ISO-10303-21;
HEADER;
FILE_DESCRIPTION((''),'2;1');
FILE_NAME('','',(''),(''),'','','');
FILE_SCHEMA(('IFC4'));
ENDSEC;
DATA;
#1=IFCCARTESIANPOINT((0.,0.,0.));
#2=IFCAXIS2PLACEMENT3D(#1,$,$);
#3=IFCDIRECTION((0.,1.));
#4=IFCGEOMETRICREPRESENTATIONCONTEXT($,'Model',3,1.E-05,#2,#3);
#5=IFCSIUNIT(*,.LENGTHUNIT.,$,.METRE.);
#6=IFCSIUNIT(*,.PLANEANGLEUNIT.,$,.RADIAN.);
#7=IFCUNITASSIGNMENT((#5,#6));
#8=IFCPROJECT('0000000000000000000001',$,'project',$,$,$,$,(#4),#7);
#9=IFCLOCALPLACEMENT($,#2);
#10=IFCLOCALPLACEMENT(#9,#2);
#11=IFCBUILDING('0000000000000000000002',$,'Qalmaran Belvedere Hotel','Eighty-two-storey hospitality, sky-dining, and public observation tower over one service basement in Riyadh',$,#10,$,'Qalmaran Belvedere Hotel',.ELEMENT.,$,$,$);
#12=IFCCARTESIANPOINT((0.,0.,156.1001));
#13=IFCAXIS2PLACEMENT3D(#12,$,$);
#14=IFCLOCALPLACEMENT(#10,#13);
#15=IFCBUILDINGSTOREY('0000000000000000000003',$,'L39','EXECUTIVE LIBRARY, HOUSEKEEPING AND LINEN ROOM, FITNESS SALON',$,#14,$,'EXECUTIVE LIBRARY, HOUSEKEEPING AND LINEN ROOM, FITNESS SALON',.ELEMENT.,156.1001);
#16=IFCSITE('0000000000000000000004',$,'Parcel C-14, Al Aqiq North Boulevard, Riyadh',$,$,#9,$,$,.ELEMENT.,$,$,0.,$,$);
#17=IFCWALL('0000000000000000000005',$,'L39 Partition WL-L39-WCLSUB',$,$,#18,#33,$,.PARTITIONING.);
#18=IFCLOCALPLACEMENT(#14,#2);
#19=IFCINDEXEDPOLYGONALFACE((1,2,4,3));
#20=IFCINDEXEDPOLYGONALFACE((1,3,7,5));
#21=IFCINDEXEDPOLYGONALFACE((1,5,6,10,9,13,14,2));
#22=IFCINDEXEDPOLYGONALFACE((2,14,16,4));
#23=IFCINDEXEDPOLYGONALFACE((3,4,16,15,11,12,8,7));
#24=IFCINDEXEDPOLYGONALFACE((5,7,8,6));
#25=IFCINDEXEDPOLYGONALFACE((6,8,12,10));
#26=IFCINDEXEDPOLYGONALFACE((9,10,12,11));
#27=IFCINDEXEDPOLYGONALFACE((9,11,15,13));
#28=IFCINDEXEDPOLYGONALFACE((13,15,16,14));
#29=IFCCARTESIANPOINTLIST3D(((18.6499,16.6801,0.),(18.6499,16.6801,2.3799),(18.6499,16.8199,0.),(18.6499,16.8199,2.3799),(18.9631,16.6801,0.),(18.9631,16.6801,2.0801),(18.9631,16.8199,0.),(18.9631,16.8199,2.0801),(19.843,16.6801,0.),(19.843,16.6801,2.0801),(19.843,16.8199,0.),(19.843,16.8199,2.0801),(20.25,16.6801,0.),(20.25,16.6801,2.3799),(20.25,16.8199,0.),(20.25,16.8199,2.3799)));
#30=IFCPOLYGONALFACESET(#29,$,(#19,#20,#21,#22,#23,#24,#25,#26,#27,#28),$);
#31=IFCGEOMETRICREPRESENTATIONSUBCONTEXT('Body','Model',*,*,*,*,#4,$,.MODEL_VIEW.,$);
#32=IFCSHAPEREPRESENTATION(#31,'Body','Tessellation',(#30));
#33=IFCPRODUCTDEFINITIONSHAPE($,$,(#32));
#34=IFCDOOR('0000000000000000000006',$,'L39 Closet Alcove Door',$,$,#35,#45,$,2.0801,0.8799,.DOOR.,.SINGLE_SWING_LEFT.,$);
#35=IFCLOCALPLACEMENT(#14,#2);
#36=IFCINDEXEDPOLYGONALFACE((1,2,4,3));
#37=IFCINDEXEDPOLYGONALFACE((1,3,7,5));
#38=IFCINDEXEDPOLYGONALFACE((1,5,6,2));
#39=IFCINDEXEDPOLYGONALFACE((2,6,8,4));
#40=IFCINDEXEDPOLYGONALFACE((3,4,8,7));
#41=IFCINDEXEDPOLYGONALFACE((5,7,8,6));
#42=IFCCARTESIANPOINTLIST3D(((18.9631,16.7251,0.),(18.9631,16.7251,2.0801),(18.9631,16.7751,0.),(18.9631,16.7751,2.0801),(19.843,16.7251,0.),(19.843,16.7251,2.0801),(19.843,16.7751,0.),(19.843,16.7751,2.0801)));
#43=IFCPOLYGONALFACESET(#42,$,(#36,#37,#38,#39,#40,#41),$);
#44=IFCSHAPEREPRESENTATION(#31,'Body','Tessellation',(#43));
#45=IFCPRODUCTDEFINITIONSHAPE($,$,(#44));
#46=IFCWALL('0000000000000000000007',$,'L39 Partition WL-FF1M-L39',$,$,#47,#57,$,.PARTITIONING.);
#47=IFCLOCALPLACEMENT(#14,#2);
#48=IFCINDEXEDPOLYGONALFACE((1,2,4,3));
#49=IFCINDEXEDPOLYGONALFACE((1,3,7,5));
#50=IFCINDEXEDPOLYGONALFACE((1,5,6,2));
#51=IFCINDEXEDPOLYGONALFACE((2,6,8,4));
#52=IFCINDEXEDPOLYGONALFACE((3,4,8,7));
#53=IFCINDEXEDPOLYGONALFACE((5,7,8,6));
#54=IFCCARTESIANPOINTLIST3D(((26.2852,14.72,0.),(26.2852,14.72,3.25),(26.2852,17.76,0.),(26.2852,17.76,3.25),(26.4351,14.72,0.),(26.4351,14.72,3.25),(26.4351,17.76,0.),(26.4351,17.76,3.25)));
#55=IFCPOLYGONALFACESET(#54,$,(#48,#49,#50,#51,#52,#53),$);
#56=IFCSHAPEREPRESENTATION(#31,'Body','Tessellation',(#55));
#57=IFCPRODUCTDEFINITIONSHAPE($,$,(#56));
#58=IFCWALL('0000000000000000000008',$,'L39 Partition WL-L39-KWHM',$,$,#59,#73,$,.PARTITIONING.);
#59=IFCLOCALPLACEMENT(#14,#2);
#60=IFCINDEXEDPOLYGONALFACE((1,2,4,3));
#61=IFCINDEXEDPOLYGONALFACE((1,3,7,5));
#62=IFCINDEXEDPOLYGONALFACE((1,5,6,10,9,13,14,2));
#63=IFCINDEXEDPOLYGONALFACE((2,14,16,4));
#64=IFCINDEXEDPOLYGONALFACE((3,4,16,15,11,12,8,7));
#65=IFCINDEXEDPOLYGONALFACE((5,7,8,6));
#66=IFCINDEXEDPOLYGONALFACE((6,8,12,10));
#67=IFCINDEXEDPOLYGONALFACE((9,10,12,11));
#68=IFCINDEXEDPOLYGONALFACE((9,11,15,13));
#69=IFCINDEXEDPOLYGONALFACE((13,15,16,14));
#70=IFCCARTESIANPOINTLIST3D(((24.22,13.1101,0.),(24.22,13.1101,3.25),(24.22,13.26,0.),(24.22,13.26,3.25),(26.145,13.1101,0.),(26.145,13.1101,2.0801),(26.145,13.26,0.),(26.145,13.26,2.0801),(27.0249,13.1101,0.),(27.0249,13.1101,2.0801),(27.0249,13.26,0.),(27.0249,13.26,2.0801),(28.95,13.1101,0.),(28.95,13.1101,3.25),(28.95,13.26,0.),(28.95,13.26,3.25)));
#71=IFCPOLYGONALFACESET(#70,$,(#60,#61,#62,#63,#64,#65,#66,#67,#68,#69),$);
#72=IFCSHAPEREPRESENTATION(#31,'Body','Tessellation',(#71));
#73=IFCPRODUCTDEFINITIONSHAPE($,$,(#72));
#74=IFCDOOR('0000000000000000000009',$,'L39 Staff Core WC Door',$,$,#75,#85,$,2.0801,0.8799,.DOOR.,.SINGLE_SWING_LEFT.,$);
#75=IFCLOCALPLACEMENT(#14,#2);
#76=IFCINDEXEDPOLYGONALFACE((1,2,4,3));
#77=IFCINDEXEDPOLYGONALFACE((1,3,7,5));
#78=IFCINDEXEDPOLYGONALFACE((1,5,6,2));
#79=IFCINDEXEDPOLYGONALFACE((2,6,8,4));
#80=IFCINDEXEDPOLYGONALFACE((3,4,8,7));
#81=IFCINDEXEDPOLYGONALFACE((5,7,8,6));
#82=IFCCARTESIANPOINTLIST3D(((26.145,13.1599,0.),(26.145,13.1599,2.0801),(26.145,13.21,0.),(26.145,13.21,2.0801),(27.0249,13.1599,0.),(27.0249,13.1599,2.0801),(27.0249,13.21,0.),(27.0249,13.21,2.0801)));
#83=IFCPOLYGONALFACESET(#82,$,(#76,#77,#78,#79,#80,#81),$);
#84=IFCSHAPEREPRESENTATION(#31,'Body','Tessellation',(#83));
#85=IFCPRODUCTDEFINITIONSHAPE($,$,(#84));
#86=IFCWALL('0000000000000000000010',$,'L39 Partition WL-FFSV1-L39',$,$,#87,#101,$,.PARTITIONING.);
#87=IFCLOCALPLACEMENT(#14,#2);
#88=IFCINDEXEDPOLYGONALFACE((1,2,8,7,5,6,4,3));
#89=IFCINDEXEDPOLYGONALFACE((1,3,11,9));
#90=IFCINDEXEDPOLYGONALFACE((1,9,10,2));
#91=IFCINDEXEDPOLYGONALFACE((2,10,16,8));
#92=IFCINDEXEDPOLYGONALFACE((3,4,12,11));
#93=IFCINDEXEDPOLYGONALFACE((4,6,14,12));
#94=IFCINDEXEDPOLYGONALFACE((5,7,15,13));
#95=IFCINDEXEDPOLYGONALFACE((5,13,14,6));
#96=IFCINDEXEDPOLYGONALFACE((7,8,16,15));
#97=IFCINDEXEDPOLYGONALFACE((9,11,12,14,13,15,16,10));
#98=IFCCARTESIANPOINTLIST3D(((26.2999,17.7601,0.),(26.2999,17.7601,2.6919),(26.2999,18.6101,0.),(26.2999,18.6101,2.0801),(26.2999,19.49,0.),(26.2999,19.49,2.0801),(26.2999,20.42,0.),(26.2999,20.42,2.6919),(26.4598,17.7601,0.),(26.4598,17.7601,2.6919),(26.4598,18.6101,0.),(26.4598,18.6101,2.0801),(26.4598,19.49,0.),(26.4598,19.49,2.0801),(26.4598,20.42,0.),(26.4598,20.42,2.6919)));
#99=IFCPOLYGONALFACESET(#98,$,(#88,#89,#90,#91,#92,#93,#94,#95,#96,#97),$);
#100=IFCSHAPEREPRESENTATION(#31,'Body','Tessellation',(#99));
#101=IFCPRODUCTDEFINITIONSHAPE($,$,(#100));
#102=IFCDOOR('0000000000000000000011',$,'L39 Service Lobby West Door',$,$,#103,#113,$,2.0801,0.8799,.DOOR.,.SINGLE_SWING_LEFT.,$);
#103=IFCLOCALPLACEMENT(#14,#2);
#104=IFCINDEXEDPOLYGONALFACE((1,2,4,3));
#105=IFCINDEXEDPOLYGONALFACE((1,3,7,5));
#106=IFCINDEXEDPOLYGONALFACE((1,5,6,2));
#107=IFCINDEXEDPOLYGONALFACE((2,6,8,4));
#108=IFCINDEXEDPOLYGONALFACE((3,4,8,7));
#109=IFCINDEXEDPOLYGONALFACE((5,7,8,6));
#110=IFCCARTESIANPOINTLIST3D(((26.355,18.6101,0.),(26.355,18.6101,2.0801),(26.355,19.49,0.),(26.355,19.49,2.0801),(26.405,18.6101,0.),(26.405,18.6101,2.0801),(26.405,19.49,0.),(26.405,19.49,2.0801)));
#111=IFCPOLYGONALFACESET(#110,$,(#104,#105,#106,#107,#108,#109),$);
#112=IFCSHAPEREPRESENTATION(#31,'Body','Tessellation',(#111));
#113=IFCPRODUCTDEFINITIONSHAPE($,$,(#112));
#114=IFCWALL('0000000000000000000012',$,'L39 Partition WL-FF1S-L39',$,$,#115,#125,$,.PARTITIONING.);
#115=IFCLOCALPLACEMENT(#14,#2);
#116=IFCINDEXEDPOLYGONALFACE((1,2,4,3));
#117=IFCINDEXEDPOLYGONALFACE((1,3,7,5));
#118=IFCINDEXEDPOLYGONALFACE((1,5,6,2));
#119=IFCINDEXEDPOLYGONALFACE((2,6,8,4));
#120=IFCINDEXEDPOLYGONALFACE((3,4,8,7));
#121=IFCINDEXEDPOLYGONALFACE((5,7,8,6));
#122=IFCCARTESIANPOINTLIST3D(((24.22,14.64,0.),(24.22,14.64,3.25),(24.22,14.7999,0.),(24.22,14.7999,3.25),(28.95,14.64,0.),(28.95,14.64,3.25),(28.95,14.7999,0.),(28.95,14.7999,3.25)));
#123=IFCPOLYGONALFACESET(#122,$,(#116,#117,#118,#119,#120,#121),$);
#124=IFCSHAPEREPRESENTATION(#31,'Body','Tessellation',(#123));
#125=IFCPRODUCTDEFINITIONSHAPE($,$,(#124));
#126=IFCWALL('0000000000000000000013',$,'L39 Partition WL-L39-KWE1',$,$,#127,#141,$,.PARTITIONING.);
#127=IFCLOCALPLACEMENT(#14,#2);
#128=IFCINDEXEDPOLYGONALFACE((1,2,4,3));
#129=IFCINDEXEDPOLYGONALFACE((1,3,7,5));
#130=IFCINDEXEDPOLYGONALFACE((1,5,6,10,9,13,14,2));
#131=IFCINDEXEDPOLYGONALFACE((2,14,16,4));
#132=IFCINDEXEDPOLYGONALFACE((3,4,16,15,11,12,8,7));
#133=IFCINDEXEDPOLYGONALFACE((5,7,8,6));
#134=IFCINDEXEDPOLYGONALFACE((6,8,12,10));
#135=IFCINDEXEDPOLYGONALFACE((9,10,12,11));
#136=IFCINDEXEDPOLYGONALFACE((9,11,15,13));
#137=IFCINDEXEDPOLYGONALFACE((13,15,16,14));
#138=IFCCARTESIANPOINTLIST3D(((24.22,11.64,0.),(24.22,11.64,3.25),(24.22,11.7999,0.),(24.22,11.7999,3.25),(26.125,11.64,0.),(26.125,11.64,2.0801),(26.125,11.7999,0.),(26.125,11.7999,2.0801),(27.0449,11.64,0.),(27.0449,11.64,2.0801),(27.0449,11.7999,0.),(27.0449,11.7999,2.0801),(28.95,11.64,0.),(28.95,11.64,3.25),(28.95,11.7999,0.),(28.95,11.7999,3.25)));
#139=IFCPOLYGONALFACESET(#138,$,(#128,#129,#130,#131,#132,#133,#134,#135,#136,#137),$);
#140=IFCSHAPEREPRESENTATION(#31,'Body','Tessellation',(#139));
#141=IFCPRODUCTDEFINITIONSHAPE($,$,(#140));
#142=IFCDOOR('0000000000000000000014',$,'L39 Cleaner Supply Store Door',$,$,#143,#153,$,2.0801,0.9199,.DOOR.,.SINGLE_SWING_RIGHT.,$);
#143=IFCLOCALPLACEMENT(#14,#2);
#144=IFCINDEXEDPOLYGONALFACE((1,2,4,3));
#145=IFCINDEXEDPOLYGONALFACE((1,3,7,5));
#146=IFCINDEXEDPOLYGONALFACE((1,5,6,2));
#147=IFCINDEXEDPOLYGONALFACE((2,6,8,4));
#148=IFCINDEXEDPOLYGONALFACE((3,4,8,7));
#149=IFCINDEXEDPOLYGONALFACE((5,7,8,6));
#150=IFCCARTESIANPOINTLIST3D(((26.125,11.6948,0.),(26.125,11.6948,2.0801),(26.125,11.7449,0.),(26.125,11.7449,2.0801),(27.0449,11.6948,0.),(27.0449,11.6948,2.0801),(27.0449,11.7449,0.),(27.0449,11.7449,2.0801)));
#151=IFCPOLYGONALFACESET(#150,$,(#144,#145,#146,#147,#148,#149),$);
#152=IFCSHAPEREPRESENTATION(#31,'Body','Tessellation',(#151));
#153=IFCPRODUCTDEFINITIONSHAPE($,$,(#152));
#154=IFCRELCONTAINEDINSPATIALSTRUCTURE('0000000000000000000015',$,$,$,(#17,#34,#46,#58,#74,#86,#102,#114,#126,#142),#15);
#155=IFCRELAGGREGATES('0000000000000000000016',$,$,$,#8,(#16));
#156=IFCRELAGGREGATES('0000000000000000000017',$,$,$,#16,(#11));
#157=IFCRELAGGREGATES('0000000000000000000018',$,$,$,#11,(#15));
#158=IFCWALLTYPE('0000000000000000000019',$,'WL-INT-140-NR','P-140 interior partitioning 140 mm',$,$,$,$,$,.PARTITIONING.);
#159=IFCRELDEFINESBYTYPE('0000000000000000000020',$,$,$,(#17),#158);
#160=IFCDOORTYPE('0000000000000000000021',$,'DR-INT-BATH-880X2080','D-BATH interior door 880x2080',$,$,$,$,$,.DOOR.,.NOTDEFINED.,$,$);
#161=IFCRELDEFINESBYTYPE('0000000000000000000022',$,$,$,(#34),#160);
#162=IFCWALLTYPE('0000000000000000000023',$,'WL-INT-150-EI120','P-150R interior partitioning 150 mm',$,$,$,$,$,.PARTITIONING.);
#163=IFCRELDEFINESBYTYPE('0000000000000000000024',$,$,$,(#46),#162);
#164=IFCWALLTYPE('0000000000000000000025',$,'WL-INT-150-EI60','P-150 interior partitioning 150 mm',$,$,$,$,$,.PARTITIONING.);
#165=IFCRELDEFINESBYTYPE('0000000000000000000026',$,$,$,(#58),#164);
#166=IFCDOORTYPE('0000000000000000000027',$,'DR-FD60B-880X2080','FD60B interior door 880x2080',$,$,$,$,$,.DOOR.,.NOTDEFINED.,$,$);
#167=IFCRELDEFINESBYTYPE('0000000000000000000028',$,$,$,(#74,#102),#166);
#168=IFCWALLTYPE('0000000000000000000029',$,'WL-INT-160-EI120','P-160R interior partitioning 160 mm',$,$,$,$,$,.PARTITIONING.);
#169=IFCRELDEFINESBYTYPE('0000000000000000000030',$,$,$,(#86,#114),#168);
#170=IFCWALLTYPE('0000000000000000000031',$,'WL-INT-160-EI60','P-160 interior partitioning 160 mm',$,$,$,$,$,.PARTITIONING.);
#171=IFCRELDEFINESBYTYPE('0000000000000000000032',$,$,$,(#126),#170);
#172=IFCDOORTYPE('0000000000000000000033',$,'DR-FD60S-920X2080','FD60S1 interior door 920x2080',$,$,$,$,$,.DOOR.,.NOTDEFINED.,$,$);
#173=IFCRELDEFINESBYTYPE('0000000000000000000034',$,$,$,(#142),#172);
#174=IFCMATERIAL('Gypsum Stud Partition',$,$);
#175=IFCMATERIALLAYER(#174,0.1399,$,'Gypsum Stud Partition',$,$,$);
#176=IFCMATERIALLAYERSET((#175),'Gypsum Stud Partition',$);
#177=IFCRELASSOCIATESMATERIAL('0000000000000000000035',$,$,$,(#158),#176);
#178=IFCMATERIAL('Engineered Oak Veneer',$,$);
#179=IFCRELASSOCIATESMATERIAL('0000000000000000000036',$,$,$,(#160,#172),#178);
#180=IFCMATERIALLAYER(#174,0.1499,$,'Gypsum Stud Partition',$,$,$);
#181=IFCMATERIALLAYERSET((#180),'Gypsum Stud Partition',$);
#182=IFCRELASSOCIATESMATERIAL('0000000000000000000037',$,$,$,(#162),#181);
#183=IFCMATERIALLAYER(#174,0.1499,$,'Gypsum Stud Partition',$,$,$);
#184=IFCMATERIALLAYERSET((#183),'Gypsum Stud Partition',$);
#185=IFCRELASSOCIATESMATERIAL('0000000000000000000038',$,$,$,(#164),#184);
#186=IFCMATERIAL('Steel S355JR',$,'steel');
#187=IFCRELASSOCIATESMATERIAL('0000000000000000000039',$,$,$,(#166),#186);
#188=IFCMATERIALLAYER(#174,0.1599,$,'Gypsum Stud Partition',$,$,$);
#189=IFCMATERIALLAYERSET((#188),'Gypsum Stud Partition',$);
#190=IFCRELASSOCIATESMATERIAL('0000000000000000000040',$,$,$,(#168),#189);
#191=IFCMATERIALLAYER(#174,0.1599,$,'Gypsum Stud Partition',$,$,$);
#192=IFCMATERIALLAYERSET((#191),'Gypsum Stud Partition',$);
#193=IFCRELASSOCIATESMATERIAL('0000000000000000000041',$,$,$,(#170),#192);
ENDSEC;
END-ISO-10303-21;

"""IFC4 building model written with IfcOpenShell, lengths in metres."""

from ifc_helpers import new_model, si_unit, direction, frame, frame_2d, origin, place, context, subcontext, project, spatial, rectangle, extrude, material, layer, layer_set, type_object, element, fill, save


model = new_model("IFC4")

# Units and contexts
model_context = context("Model", 3, precision=1e-05, world=origin(), true_north=direction((0.0, 1.0)))
body_context = subcontext(model_context, "Body", "Model", "MODEL_VIEW")
ifc_project = project(units=[si_unit("LENGTHUNIT", "METRE"), si_unit("PLANEANGLEUNIT", "RADIAN")], contexts=[model_context])

# Site, building, storey
site_placement = place(None, origin())
site = spatial("IfcSite", under=ifc_project, at=site_placement, Name="Parcel C-14, Al Aqiq North Boulevard, Riyadh", CompositionType="ELEMENT", RefElevation=0.0)
building_placement = place(site_placement, origin())
building = spatial("IfcBuilding", under=site, at=building_placement, Name="Qalmaran Belvedere Hotel", Description="Eighty-two-storey hospitality, sky-dining, and public observation tower over one service basement in Riyadh", LongName="Qalmaran Belvedere Hotel", CompositionType="ELEMENT")
storey_placement = place(building_placement, frame((0.0, 0.0, 156.1001)))
storey = spatial("IfcBuildingStorey", under=building, at=storey_placement, Name="L39", Description="EXECUTIVE LIBRARY, HOUSEKEEPING AND LINEN ROOM, FITNESS SALON", LongName="EXECUTIVE LIBRARY, HOUSEKEEPING AND LINEN ROOM, FITNESS SALON", CompositionType="ELEMENT", Elevation=156.1001)

# Wall, opening, door
ifc_material_1 = material(Name="Gypsum Stud Partition")
ifc_layer_1 = layer(ifc_material_1, 0.1399, Name="Gypsum Stud Partition")
ifc_layer_set_1 = layer_set([ifc_layer_1], Name="Gypsum Stud Partition")
wall_type_1 = type_object("IfcWallType", Name="WL-INT-140-NR", Description="P-140 interior partitioning 140 mm", PredefinedType="PARTITIONING", material=ifc_layer_set_1)
wall_1_placement = place(storey_placement, frame((18.6499, 16.75, 0.0), z_axis=(0.0, 0.0, 1.0), x_axis=(1.0, 0.0, 0.0)))
wall_1 = element("IfcWall", 1, at=wall_1_placement, inside=storey, type_object=wall_type_1, Name="L39 Partition WL-L39-WCLSUB", PredefinedType="PARTITIONING", context=body_context, shape_type="SweptSolid", body=[
    extrude(rectangle(XDim=1.6001, YDim=0.1399, at=frame_2d((0.8, 0.0))), origin(), (0.0, 0.0, 1.0), 2.3799),
])
opening_1_placement = place(wall_1_placement, frame((1.1931, 0.0, 0.0), z_axis=(0.0, 0.0, 1.0), x_axis=(-1.0, 0.0, 0.0)))
opening_1 = element("IfcOpeningElement", 2, at=opening_1_placement, cuts=wall_1, PredefinedType="OPENING", context=body_context, shape_type="SweptSolid", body=[
    extrude(rectangle(XDim=0.8799, YDim=2.0801, at=frame_2d((0.4399, 1.04))), frame((0.0, 0.0801, 0.0), z_axis=(0.0, -1.0, 0.0), x_axis=(1.0, 0.0, 0.0)), (0.0, 0.0, 1.0), 0.1599),
])
ifc_material_2 = material(Name="Engineered Oak Veneer")
door_type_1 = type_object("IfcDoorType", Name="DR-INT-BATH-880X2080", Description="D-BATH interior door 880x2080", OperationType="NOTDEFINED", PredefinedType="DOOR", material=ifc_material_2)
door_1_placement = place(opening_1_placement, origin())
door_1 = element("IfcDoor", 3, at=door_1_placement, inside=storey, type_object=door_type_1, Name="L39 Closet Alcove Door", OperationType="SINGLE_SWING_LEFT", OverallHeight=2.0801, OverallWidth=0.8799, PredefinedType="DOOR", context=body_context, shape_type="SweptSolid", body=[
    extrude(rectangle(XDim=0.8799, YDim=2.0801, at=frame_2d((0.4399, 1.04))), frame((0.0, 0.0249, 0.0), z_axis=(0.0, -1.0, 0.0), x_axis=(1.0, 0.0, 0.0)), (0.0, 0.0, 1.0), 0.05),
])
fill(opening_1, door_1)

# Wall
ifc_layer_2 = layer(ifc_material_1, 0.1499, Name="Gypsum Stud Partition")
ifc_layer_set_2 = layer_set([ifc_layer_2], Name="Gypsum Stud Partition")
wall_type_2 = type_object("IfcWallType", Name="WL-INT-150-EI120", Description="P-150R interior partitioning 150 mm", PredefinedType="PARTITIONING", material=ifc_layer_set_2)
wall_2_placement = place(storey_placement, frame((26.3601, 14.72, 0.0), z_axis=(0.0, 0.0, 1.0), x_axis=(0.0, 1.0, 0.0)))
element("IfcWall", 4, at=wall_2_placement, inside=storey, type_object=wall_type_2, Name="L39 Partition WL-FF1M-L39", PredefinedType="PARTITIONING", context=body_context, shape_type="SweptSolid", body=[
    extrude(rectangle(XDim=3.04, YDim=0.1499, at=frame_2d((1.52, 0.0))), origin(), (0.0, 0.0, 1.0), 3.25),
])

# Walls, openings, doors
ifc_layer_3 = layer(ifc_material_1, 0.1499, Name="Gypsum Stud Partition")
ifc_layer_set_3 = layer_set([ifc_layer_3], Name="Gypsum Stud Partition")
wall_type_3 = type_object("IfcWallType", Name="WL-INT-150-EI60", Description="P-150 interior partitioning 150 mm", PredefinedType="PARTITIONING", material=ifc_layer_set_3)
wall_3_placement = place(storey_placement, frame((24.22, 13.1851, 0.0), z_axis=(0.0, 0.0, 1.0), x_axis=(1.0, 0.0, 0.0)))
wall_3 = element("IfcWall", 5, at=wall_3_placement, inside=storey, type_object=wall_type_3, Name="L39 Partition WL-L39-KWHM", PredefinedType="PARTITIONING", context=body_context, shape_type="SweptSolid", body=[
    extrude(rectangle(XDim=4.73, YDim=0.1499, at=frame_2d((2.365, 0.0))), origin(), (0.0, 0.0, 1.0), 3.25),
])
opening_2_placement = place(wall_3_placement, frame((1.925, 0.0, 0.0)))
opening_2 = element("IfcOpeningElement", 6, at=opening_2_placement, cuts=wall_3, PredefinedType="OPENING", context=body_context, shape_type="SweptSolid", body=[
    extrude(rectangle(XDim=0.8799, YDim=2.0801, at=frame_2d((0.4399, 1.04))), frame((0.0, 0.085, 0.0), z_axis=(0.0, -1.0, 0.0), x_axis=(1.0, 0.0, 0.0)), (0.0, 0.0, 1.0), 0.1699),
])
ifc_material_3 = material(Name="Steel S355JR", Category="steel")
door_type_2 = type_object("IfcDoorType", Name="DR-FD60B-880X2080", Description="FD60B interior door 880x2080", OperationType="NOTDEFINED", PredefinedType="DOOR", material=ifc_material_3)
door_2_placement = place(opening_2_placement, origin())
door_2 = element("IfcDoor", 7, at=door_2_placement, inside=storey, type_object=door_type_2, Name="L39 Staff Core WC Door", OperationType="SINGLE_SWING_LEFT", OverallHeight=2.0801, OverallWidth=0.8799, PredefinedType="DOOR", context=body_context, shape_type="SweptSolid", body=[
    extrude(rectangle(XDim=0.8799, YDim=2.0801, at=frame_2d((0.4399, 1.04))), frame((0.0, 0.0249, 0.0), z_axis=(0.0, -1.0, 0.0), x_axis=(1.0, 0.0, 0.0)), (0.0, 0.0, 1.0), 0.05),
])
fill(opening_2, door_2)
ifc_layer_4 = layer(ifc_material_1, 0.1599, Name="Gypsum Stud Partition")
ifc_layer_set_4 = layer_set([ifc_layer_4], Name="Gypsum Stud Partition")
wall_type_4 = type_object("IfcWallType", Name="WL-INT-160-EI120", Description="P-160R interior partitioning 160 mm", PredefinedType="PARTITIONING", material=ifc_layer_set_4)
wall_4_placement = place(storey_placement, frame((26.3799, 17.76, 0.0), z_axis=(0.0, 0.0, 1.0), x_axis=(0.0, 1.0, 0.0)))
wall_4 = element("IfcWall", 8, at=wall_4_placement, inside=storey, type_object=wall_type_4, Name="L39 Partition WL-FFSV1-L39", PredefinedType="PARTITIONING", context=body_context, shape_type="SweptSolid", body=[
    extrude(rectangle(XDim=2.6599, YDim=0.1599, at=frame_2d((1.3301, 0.0))), origin(), (0.0, 0.0, 1.0), 2.6919),
])
opening_3_placement = place(wall_4_placement, frame((0.8501, 0.0, 0.0)))
opening_3 = element("IfcOpeningElement", 9, at=opening_3_placement, cuts=wall_4, PredefinedType="OPENING", context=body_context, shape_type="SweptSolid", body=[
    extrude(rectangle(XDim=0.8799, YDim=2.0801, at=frame_2d((0.4399, 1.04))), frame((0.0, 0.0898, 0.0), z_axis=(0.0, -1.0, 0.0), x_axis=(1.0, 0.0, 0.0)), (0.0, 0.0, 1.0), 0.1799),
])
door_3_placement = place(opening_3_placement, origin())
door_3 = element("IfcDoor", 10, at=door_3_placement, inside=storey, type_object=door_type_2, Name="L39 Service Lobby West Door", OperationType="SINGLE_SWING_LEFT", OverallHeight=2.0801, OverallWidth=0.8799, PredefinedType="DOOR", context=body_context, shape_type="SweptSolid", body=[
    extrude(rectangle(XDim=0.8799, YDim=2.0801, at=frame_2d((0.4399, 1.04))), frame((0.0, 0.0249, 0.0), z_axis=(0.0, -1.0, 0.0), x_axis=(1.0, 0.0, 0.0)), (0.0, 0.0, 1.0), 0.05),
])
fill(opening_3, door_3)

# Wall
wall_5_placement = place(storey_placement, frame((24.22, 14.72, 0.0), z_axis=(0.0, 0.0, 1.0), x_axis=(1.0, 0.0, 0.0)))
element("IfcWall", 11, at=wall_5_placement, inside=storey, type_object=wall_type_4, Name="L39 Partition WL-FF1S-L39", PredefinedType="PARTITIONING", context=body_context, shape_type="SweptSolid", body=[
    extrude(rectangle(XDim=4.73, YDim=0.1599, at=frame_2d((2.365, 0.0))), origin(), (0.0, 0.0, 1.0), 3.25),
])

# Wall, opening, door
ifc_layer_5 = layer(ifc_material_1, 0.1599, Name="Gypsum Stud Partition")
ifc_layer_set_5 = layer_set([ifc_layer_5], Name="Gypsum Stud Partition")
wall_type_5 = type_object("IfcWallType", Name="WL-INT-160-EI60", Description="P-160 interior partitioning 160 mm", PredefinedType="PARTITIONING", material=ifc_layer_set_5)
wall_6_placement = place(storey_placement, frame((24.22, 11.72, 0.0), z_axis=(0.0, 0.0, 1.0), x_axis=(1.0, 0.0, 0.0)))
wall_6 = element("IfcWall", 12, at=wall_6_placement, inside=storey, type_object=wall_type_5, Name="L39 Partition WL-L39-KWE1", PredefinedType="PARTITIONING", context=body_context, shape_type="SweptSolid", body=[
    extrude(rectangle(XDim=4.73, YDim=0.1599, at=frame_2d((2.365, 0.0))), origin(), (0.0, 0.0, 1.0), 3.25),
])
opening_4_placement = place(wall_6_placement, frame((1.905, 0.0, 0.0)))
opening_4 = element("IfcOpeningElement", 13, at=opening_4_placement, cuts=wall_6, PredefinedType="OPENING", context=body_context, shape_type="SweptSolid", body=[
    extrude(rectangle(XDim=0.9199, YDim=2.0801, at=frame_2d((0.46, 1.04))), frame((0.0, 0.0898, 0.0), z_axis=(0.0, -1.0, 0.0), x_axis=(1.0, 0.0, 0.0)), (0.0, 0.0, 1.0), 0.1799),
])
door_type_3 = type_object("IfcDoorType", Name="DR-FD60S-920X2080", Description="FD60S1 interior door 920x2080", OperationType="NOTDEFINED", PredefinedType="DOOR", material=ifc_material_2)
door_4_placement = place(opening_4_placement, origin())
door_4 = element("IfcDoor", 14, at=door_4_placement, inside=storey, type_object=door_type_3, Name="L39 Cleaner Supply Store Door", OperationType="SINGLE_SWING_RIGHT", OverallHeight=2.0801, OverallWidth=0.9199, PredefinedType="DOOR", context=body_context, shape_type="SweptSolid", body=[
    extrude(rectangle(XDim=0.9199, YDim=2.0801, at=frame_2d((0.46, 1.04))), frame((0.0, 0.0249, 0.0), z_axis=(0.0, -1.0, 0.0), x_axis=(1.0, 0.0, 0.0)), (0.0, 0.0, 1.0), 0.05),
])
fill(opening_4, door_4)

save(model, "model.ifc")
